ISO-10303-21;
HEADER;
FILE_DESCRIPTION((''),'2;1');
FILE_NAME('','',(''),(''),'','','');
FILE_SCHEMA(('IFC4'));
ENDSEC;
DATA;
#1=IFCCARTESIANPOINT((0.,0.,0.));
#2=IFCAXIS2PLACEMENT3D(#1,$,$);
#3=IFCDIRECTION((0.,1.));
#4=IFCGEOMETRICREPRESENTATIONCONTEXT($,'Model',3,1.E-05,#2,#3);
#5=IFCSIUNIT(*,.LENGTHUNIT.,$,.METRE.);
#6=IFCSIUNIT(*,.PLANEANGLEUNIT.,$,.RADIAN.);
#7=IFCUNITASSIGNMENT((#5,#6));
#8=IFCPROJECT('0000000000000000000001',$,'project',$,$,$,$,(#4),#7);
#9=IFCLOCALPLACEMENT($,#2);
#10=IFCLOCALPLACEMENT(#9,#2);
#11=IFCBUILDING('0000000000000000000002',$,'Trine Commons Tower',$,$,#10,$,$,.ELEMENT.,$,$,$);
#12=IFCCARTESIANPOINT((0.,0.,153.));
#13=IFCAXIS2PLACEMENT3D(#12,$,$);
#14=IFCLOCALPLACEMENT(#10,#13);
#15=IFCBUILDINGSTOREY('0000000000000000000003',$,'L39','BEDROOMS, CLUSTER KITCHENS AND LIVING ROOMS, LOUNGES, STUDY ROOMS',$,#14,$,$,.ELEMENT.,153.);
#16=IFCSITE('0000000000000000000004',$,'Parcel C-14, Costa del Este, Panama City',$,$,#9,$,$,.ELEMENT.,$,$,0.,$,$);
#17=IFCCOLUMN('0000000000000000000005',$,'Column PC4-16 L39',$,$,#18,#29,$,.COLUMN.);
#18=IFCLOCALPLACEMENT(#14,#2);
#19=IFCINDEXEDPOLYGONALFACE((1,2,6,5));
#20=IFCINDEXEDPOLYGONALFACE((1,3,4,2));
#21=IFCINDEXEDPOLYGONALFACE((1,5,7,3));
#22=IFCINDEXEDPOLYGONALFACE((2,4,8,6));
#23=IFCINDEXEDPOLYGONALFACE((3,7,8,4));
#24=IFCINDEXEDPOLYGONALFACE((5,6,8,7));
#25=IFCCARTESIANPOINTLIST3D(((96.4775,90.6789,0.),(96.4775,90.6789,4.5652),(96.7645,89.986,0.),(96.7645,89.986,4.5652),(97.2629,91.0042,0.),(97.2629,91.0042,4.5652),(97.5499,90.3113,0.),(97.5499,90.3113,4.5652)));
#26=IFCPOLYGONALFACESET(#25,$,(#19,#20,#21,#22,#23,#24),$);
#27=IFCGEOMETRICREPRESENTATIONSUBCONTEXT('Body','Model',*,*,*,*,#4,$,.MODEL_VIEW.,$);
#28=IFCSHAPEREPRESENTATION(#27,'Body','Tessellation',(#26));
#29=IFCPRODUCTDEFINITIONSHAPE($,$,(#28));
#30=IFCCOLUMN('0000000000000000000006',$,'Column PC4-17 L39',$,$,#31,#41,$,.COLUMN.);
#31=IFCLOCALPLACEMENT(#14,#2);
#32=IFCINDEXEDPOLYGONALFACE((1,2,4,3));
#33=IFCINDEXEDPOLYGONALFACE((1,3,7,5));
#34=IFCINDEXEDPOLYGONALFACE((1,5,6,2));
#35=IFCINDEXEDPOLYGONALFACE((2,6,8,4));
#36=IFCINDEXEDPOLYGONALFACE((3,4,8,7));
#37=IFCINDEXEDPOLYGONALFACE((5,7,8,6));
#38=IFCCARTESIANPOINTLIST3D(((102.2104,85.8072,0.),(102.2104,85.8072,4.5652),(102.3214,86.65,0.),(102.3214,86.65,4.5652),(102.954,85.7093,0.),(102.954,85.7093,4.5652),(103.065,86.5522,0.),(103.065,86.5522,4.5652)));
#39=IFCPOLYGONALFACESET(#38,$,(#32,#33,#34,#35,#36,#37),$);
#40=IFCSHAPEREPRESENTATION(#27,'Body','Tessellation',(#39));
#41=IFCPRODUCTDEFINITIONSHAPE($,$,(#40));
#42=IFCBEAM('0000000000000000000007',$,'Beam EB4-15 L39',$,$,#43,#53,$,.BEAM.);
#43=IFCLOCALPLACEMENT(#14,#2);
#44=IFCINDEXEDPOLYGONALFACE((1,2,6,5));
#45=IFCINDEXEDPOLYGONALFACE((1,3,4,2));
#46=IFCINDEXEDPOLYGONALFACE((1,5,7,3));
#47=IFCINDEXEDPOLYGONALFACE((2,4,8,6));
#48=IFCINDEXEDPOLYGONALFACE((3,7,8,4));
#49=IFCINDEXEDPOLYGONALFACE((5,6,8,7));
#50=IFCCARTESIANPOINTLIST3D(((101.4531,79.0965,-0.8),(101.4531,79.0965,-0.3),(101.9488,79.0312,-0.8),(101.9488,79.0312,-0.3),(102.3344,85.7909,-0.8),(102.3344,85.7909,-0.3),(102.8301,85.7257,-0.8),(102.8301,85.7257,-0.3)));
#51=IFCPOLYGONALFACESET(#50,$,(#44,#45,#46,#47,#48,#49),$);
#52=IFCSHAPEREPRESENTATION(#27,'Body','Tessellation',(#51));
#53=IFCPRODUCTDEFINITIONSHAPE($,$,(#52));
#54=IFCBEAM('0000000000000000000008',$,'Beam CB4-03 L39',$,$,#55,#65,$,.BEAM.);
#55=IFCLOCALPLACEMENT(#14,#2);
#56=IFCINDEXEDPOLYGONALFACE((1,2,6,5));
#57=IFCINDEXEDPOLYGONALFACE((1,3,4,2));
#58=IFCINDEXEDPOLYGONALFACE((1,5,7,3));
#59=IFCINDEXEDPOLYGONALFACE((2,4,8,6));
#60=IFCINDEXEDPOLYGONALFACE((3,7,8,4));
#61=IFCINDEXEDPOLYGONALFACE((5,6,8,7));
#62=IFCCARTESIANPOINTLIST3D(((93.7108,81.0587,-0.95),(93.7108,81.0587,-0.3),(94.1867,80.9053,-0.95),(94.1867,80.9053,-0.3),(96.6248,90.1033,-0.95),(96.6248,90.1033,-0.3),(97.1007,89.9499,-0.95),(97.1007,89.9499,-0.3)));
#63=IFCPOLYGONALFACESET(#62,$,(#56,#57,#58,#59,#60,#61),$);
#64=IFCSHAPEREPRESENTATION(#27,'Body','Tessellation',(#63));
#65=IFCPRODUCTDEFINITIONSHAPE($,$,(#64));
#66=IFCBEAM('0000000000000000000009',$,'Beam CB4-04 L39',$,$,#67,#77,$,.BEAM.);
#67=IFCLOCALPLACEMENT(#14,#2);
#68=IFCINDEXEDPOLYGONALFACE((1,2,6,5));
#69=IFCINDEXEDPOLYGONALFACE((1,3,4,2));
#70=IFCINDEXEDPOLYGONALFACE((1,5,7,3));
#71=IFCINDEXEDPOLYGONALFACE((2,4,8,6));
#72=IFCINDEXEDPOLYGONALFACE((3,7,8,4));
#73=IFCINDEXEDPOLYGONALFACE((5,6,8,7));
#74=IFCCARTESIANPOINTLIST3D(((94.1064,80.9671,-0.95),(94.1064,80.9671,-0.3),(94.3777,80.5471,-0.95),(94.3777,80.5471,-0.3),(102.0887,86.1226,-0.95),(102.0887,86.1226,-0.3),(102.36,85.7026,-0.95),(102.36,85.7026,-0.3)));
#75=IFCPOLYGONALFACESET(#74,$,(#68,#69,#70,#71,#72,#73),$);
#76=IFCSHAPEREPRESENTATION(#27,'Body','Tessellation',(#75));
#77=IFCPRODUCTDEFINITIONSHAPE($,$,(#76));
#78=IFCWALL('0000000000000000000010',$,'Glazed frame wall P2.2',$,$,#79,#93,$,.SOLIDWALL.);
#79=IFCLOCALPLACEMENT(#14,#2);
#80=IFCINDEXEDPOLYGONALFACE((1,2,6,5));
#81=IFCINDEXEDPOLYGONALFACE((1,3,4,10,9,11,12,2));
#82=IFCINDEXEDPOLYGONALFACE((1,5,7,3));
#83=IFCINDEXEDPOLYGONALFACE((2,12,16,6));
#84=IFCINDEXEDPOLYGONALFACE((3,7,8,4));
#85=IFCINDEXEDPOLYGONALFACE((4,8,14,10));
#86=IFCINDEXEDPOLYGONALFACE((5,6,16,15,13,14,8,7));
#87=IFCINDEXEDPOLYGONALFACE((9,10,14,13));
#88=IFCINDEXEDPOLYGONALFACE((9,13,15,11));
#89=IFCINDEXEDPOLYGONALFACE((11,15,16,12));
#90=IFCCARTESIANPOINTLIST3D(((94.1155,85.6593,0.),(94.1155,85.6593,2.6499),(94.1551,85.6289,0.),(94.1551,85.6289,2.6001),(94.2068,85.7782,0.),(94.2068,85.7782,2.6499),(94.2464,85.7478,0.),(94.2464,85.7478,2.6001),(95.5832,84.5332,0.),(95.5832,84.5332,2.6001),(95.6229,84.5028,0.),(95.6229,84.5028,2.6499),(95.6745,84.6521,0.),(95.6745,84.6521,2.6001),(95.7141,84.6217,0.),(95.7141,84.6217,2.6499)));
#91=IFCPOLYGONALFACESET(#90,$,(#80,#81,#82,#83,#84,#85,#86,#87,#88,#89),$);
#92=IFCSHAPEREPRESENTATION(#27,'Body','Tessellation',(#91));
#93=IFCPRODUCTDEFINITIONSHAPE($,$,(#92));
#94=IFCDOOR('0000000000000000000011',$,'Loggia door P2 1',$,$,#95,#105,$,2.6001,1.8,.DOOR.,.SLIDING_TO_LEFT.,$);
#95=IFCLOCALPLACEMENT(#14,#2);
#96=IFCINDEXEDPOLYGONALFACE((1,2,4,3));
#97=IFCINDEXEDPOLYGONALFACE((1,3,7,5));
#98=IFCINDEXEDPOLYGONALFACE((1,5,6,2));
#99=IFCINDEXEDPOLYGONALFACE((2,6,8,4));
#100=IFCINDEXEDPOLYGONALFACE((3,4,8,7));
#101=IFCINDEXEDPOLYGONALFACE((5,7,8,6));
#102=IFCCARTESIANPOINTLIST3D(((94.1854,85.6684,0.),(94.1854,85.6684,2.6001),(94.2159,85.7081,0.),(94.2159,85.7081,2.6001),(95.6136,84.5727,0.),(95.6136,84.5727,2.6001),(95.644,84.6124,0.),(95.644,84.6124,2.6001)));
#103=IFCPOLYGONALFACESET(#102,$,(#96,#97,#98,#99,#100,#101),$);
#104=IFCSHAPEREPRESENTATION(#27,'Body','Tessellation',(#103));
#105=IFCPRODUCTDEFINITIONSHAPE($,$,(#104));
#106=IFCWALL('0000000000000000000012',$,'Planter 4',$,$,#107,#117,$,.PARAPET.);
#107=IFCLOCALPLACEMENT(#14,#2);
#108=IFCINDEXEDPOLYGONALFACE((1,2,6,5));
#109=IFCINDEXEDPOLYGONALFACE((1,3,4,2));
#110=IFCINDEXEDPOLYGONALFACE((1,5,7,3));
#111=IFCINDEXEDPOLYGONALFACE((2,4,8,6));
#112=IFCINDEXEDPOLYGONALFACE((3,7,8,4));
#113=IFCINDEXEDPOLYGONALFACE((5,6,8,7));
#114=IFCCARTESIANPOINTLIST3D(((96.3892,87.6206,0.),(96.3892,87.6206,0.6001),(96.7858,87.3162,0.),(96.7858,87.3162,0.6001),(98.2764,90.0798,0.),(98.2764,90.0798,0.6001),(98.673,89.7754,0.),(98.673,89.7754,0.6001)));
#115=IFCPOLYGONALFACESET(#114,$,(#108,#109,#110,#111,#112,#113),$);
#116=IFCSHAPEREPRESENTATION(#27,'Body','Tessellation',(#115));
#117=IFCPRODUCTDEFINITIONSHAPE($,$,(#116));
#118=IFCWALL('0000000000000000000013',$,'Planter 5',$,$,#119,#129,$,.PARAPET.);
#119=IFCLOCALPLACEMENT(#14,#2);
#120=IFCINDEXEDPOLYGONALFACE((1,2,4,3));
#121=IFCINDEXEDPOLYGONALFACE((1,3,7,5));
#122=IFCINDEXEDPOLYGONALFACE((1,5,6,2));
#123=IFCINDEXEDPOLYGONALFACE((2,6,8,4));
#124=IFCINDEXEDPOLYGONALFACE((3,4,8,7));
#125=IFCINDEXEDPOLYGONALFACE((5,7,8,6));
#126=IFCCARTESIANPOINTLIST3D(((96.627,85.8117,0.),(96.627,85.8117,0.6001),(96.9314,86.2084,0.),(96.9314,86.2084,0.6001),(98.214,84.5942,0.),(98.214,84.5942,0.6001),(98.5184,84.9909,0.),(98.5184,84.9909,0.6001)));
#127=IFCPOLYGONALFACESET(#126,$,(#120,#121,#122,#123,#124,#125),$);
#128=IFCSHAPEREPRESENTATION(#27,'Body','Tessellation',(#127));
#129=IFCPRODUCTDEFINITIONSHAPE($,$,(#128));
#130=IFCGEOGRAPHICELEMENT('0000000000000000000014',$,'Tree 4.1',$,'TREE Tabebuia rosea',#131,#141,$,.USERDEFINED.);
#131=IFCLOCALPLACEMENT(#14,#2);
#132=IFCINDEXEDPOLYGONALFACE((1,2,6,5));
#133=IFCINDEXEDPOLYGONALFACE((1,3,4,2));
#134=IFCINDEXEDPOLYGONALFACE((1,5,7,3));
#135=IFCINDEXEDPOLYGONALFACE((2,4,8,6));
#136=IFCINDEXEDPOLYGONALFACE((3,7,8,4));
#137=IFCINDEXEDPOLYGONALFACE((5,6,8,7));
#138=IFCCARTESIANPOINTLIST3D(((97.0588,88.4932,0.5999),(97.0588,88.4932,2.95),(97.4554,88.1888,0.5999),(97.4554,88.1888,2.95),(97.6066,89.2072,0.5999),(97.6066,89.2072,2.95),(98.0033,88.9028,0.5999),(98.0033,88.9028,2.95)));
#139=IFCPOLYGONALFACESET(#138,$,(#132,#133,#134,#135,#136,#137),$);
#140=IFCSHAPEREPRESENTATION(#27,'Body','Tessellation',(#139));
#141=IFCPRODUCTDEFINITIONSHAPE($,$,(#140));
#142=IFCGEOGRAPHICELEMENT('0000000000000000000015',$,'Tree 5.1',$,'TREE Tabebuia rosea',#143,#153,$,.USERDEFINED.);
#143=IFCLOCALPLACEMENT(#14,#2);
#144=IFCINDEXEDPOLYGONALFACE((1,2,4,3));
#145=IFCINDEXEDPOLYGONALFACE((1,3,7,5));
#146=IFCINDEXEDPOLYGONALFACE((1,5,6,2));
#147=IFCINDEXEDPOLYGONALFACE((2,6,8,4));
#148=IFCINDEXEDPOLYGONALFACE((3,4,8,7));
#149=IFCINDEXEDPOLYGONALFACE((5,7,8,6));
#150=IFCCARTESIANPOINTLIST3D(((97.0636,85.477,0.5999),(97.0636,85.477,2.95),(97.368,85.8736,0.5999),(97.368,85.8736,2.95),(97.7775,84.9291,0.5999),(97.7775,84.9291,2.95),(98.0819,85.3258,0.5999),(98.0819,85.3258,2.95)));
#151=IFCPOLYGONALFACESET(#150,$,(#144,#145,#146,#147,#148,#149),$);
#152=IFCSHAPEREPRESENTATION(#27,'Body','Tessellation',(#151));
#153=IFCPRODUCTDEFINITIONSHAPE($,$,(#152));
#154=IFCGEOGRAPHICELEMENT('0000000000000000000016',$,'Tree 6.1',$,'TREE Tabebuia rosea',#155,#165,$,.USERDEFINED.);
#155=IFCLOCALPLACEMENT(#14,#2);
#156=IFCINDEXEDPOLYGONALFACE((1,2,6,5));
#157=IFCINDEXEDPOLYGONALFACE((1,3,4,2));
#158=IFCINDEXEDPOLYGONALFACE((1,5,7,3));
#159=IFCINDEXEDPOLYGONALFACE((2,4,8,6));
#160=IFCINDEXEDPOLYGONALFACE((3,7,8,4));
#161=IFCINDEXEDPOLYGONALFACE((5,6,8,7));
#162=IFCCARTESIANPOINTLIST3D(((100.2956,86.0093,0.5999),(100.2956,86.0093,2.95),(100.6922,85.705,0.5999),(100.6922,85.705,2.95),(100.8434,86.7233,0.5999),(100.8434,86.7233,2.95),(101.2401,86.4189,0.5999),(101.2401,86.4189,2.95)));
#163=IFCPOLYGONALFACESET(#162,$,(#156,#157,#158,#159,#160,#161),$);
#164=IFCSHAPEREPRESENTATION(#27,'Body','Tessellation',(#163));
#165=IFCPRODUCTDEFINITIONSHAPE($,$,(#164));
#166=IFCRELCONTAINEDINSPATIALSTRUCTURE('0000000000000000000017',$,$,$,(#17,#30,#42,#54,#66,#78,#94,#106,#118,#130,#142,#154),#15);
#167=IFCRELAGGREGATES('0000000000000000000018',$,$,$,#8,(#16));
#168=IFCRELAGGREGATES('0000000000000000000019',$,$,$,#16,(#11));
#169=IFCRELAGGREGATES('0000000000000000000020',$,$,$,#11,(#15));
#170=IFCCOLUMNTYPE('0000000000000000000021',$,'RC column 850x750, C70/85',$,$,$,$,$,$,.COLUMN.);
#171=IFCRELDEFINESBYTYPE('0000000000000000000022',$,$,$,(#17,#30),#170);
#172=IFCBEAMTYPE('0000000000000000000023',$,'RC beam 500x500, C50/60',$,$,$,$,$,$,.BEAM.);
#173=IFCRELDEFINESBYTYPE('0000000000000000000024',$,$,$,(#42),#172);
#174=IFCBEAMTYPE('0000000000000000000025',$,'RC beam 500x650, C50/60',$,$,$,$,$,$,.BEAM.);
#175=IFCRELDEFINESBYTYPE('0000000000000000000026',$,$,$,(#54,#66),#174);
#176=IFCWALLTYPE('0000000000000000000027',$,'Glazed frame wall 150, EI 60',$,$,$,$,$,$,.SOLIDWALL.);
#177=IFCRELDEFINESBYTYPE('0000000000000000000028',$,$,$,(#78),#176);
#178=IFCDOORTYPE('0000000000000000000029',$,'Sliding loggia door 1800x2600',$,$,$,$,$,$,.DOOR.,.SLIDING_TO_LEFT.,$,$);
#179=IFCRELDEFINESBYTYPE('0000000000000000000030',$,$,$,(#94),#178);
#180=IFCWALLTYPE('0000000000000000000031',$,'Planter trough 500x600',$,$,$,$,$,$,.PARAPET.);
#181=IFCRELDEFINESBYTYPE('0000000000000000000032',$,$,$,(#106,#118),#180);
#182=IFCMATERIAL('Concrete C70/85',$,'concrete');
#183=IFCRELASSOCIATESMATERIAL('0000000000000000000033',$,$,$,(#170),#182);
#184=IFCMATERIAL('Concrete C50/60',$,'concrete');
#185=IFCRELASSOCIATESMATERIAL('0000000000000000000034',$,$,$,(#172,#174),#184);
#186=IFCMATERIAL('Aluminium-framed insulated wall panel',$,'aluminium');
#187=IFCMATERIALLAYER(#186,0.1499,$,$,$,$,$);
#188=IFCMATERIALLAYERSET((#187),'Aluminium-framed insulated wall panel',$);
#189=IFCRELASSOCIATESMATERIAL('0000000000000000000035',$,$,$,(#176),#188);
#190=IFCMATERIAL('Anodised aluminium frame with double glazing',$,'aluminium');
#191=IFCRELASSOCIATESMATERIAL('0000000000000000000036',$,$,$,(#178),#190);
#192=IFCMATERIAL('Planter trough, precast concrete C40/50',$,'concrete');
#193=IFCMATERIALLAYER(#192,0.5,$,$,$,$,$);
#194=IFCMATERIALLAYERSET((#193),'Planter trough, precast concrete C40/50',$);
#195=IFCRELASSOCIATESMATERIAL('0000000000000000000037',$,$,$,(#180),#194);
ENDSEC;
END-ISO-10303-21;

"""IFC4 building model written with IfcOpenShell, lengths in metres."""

from ifc_helpers import new_model, si_unit, direction, frame, frame_2d, origin, origin_2d, place, context, subcontext, project, spatial, polyline, rectangle, outline, extrude, material, layer, layer_set, material_profile, profile_set, type_object, element, fill, save


model = new_model("IFC4")

# Units and contexts
model_context = context("Model", 3, precision=1e-05, world=origin(), true_north=direction((0.0, 1.0)))
body_context = subcontext(model_context, "Body", "Model", "MODEL_VIEW")
ifc_project = project(units=[si_unit("LENGTHUNIT", "METRE"), si_unit("PLANEANGLEUNIT", "RADIAN")], contexts=[model_context])

# Site, building, storey
site_placement = place(None, origin())
site = spatial("IfcSite", under=ifc_project, at=site_placement, Name="Parcel C-14, Costa del Este, Panama City", CompositionType="ELEMENT", RefElevation=0.0)
building_placement = place(site_placement, origin())
building = spatial("IfcBuilding", under=site, at=building_placement, Name="Trine Commons Tower", CompositionType="ELEMENT")
storey_placement = place(building_placement, frame((0.0, 0.0, 153.0)))
storey = spatial("IfcBuildingStorey", under=building, at=storey_placement, Name="L39", Description="BEDROOMS, CLUSTER KITCHENS AND LIVING ROOMS, LOUNGES, STUDY ROOMS", CompositionType="ELEMENT", Elevation=153.0)

# Columns
ifc_material_1 = material(Name="Concrete C70/85", Category="concrete")
ifc_material_profile_1 = material_profile(ifc_material_1, rectangle(XDim=0.8501, YDim=0.75, at=origin_2d()), Name="RC 850x750")
ifc_profile_set_1 = profile_set([ifc_material_profile_1], Name="Concrete C70/85")
column_type = type_object("IfcColumnType", Name="RC column 850x750, C70/85", PredefinedType="COLUMN", material=ifc_profile_set_1)
for number, where, z_axis, x_axis, name in (
    (1, (97.0137, 90.4951, 0.0), (0.0, 0.0, 1.0), (0.92388, 0.382683, 0.0), "Column PC4-16 L39"),
    (2, (102.6377, 86.1797, 0.0), (0.0, 0.0, 1.0), (0.130526, 0.991445, 0.0), "Column PC4-17 L39"),
):
    element("IfcColumn", number, at=place(storey_placement, frame(where, z_axis=z_axis, x_axis=x_axis)), inside=storey, type_object=column_type, Name=name, PredefinedType="COLUMN", context=body_context, shape_type="SweptSolid", body=[
        extrude(rectangle(XDim=0.8501, YDim=0.75, at=origin_2d()), origin(), (0.0, 0.0, 1.0), 4.5652),
    ])

# Beams
ifc_material_2 = material(Name="Concrete C50/60", Category="concrete")
ifc_material_profile_2 = material_profile(ifc_material_2, rectangle(XDim=0.5, YDim=0.5, at=origin_2d()), Name="RC 500x500")
ifc_profile_set_2 = profile_set([ifc_material_profile_2], Name="Concrete C50/60")
beam_type_1 = type_object("IfcBeamType", Name="RC beam 500x500, C50/60", PredefinedType="BEAM", material=ifc_profile_set_2)
beam_placement = place(storey_placement, frame((102.5823, 85.7583, -0.55), z_axis=(-0.130529, -0.991444, 0.0), x_axis=(0.991444, -0.130529, 0.0)))
element("IfcBeam", 3, at=beam_placement, inside=storey, type_object=beam_type_1, Name="Beam EB4-15 L39", PredefinedType="BEAM", context=body_context, shape_type="SweptSolid", body=[
    extrude(rectangle(XDim=0.5, YDim=0.5, at=origin_2d()), origin(), (0.0, 0.0, 1.0), 6.7522),
])
ifc_material_profile_3 = material_profile(ifc_material_2, rectangle(XDim=0.5, YDim=0.6499, at=origin_2d()), Name="RC 500x650")
ifc_profile_set_3 = profile_set([ifc_material_profile_3], Name="Concrete C50/60")
beam_type_2 = type_object("IfcBeamType", Name="RC beam 500x650, C50/60", PredefinedType="BEAM", material=ifc_profile_set_3)
for number, where, z_axis, x_axis, name in (
    (4, (96.8628, 90.0266, -0.625), (-0.306662, -0.951818, 0.0), (0.951818, -0.306662, 0.0), "Beam CB4-03 L39"),
    (5, (102.2244, 85.9126, -0.625), (-0.84003, -0.542541, 0.0), (0.542541, -0.84003, 0.0), "Beam CB4-04 L39"),
):
    element("IfcBeam", number, at=place(storey_placement, frame(where, z_axis=z_axis, x_axis=x_axis)), inside=storey, type_object=beam_type_2, Name=name, PredefinedType="BEAM", context=body_context, shape_type="SweptSolid", body=[
        extrude(rectangle(XDim=0.5, YDim=0.6499, at=origin_2d()), origin(), (0.0, 0.0, 1.0), 9.5024),
    ])

# Shared definitions
ifc_material_3 = material(Name="Aluminium-framed insulated wall panel", Category="aluminium")
ifc_layer_1 = layer(ifc_material_3, 0.1499)
ifc_layer_set_1 = layer_set([ifc_layer_1], Name="Aluminium-framed insulated wall panel")
wall_type_1 = type_object("IfcWallType", Name="Glazed frame wall 150, EI 60", PredefinedType="SOLIDWALL", material=ifc_layer_set_1)

# Wall, opening, door
wall_1_placement = place(storey_placement, frame((94.1611, 85.7188, 0.0), z_axis=(0.0, 0.0, 1.0), x_axis=(0.793383, -0.608723, 0.0)))
wall_1 = element("IfcWall", 6, at=wall_1_placement, inside=storey, type_object=wall_type_1, Name="Glazed frame wall P2.2", PredefinedType="SOLIDWALL", context=body_context, shape_type="SweptSolid", body=[
    extrude(outline(polyline([(0.0, -0.075), (1.8999, -0.075), (1.8999, 0.075), (0.0, 0.075), (0.0, -0.075)])), origin(), (0.0, 0.0, 1.0), 2.6499),
])
opening_placement = place(wall_1_placement, frame((0.05, 0.0, 0.0)))
opening = element("IfcOpeningElement", 7, at=opening_placement, cuts=wall_1, PredefinedType="OPENING", context=body_context, shape_type="SweptSolid", body=[
    extrude(rectangle(XDim=1.8, YDim=2.6001, at=frame_2d((0.8999, 1.3))), frame((0.0, 0.085, 0.0), z_axis=(0.0, -1.0, 0.0), x_axis=(1.0, 0.0, 0.0)), (0.0, 0.0, 1.0), 0.1699),
])
ifc_material_4 = material(Name="Anodised aluminium frame with double glazing", Category="aluminium")
door_type = type_object("IfcDoorType", Name="Sliding loggia door 1800x2600", OperationType="SLIDING_TO_LEFT", PredefinedType="DOOR", material=ifc_material_4)
door_placement = place(opening_placement, origin())
door = element("IfcDoor", 8, at=door_placement, inside=storey, type_object=door_type, Name="Loggia door P2 1", OperationType="SLIDING_TO_LEFT", OverallHeight=2.6001, OverallWidth=1.8, PredefinedType="DOOR", context=body_context, shape_type="SweptSolid", body=[
    extrude(rectangle(XDim=1.8, YDim=2.6001, at=frame_2d((0.8999, 1.3))), frame((0.0, 0.0249, 0.0), z_axis=(0.0, -1.0, 0.0), x_axis=(1.0, 0.0, 0.0)), (0.0, 0.0, 1.0), 0.05),
])
fill(opening, door)

# Walls
ifc_material_5 = material(Name="Planter trough, precast concrete C40/50", Category="concrete")
ifc_layer_2 = layer(ifc_material_5, 0.5)
ifc_layer_set_2 = layer_set([ifc_layer_2], Name="Planter trough, precast concrete C40/50")
wall_type_2 = type_object("IfcWallType", Name="Planter trough 500x600", PredefinedType="PARAPET", material=ifc_layer_set_2)
wall_2_placement = place(storey_placement, frame((98.4746, 89.9275, 0.0), z_axis=(0.0, 0.0, 1.0), x_axis=(-0.608797, -0.793326, 0.0)))
element("IfcWall", 9, at=wall_2_placement, inside=storey, type_object=wall_type_2, Name="Planter 4", PredefinedType="PARAPET", context=body_context, shape_type="SweptSolid", body=[
    extrude(rectangle(XDim=3.0999, YDim=0.5, at=frame_2d((1.5498, 0.0))), origin(), (0.0, 0.0, 1.0), 0.6001),
])
wall_3_placement = place(storey_placement, frame((96.7793, 86.01, 0.0), z_axis=(0.0, 0.0, 1.0), x_axis=(0.79339, -0.608713, 0.0)))
element("IfcWall", 10, at=wall_3_placement, inside=storey, type_object=wall_type_2, Name="Planter 5", PredefinedType="PARAPET", context=body_context, shape_type="SweptSolid", body=[
    extrude(rectangle(XDim=2.0002, YDim=0.5, at=frame_2d((1.0, 0.0))), origin(), (0.0, 0.0, 1.0), 0.6001),
])

# Geographic elements
for number, where, z_axis, x_axis, name in (
    (11, (97.531, 88.698, 0.5999), (0.0, 0.0, 1.0), (-0.608755, -0.793359, 0.0), "Tree 4.1"),
    (12, (97.5728, 85.4014, 0.5999), (0.0, 0.0, 1.0), (0.793335, -0.608785, 0.0), "Tree 5.1"),
    (13, (100.7678, 86.2141, 0.5999), (0.0, 0.0, 1.0), (0.608768, 0.793348, 0.0), "Tree 6.1"),
):
    element("IfcGeographicElement", number, at=place(storey_placement, frame(where, z_axis=z_axis, x_axis=x_axis)), inside=storey, Name=name, ObjectType="TREE Tabebuia rosea", PredefinedType="USERDEFINED", context=body_context, shape_type="SweptSolid", body=[
        extrude(rectangle(XDim=0.8999, YDim=0.5, at=origin_2d()), origin(), (0.0, 0.0, 1.0), 2.3501),
    ])

save(model, "model.ifc")
